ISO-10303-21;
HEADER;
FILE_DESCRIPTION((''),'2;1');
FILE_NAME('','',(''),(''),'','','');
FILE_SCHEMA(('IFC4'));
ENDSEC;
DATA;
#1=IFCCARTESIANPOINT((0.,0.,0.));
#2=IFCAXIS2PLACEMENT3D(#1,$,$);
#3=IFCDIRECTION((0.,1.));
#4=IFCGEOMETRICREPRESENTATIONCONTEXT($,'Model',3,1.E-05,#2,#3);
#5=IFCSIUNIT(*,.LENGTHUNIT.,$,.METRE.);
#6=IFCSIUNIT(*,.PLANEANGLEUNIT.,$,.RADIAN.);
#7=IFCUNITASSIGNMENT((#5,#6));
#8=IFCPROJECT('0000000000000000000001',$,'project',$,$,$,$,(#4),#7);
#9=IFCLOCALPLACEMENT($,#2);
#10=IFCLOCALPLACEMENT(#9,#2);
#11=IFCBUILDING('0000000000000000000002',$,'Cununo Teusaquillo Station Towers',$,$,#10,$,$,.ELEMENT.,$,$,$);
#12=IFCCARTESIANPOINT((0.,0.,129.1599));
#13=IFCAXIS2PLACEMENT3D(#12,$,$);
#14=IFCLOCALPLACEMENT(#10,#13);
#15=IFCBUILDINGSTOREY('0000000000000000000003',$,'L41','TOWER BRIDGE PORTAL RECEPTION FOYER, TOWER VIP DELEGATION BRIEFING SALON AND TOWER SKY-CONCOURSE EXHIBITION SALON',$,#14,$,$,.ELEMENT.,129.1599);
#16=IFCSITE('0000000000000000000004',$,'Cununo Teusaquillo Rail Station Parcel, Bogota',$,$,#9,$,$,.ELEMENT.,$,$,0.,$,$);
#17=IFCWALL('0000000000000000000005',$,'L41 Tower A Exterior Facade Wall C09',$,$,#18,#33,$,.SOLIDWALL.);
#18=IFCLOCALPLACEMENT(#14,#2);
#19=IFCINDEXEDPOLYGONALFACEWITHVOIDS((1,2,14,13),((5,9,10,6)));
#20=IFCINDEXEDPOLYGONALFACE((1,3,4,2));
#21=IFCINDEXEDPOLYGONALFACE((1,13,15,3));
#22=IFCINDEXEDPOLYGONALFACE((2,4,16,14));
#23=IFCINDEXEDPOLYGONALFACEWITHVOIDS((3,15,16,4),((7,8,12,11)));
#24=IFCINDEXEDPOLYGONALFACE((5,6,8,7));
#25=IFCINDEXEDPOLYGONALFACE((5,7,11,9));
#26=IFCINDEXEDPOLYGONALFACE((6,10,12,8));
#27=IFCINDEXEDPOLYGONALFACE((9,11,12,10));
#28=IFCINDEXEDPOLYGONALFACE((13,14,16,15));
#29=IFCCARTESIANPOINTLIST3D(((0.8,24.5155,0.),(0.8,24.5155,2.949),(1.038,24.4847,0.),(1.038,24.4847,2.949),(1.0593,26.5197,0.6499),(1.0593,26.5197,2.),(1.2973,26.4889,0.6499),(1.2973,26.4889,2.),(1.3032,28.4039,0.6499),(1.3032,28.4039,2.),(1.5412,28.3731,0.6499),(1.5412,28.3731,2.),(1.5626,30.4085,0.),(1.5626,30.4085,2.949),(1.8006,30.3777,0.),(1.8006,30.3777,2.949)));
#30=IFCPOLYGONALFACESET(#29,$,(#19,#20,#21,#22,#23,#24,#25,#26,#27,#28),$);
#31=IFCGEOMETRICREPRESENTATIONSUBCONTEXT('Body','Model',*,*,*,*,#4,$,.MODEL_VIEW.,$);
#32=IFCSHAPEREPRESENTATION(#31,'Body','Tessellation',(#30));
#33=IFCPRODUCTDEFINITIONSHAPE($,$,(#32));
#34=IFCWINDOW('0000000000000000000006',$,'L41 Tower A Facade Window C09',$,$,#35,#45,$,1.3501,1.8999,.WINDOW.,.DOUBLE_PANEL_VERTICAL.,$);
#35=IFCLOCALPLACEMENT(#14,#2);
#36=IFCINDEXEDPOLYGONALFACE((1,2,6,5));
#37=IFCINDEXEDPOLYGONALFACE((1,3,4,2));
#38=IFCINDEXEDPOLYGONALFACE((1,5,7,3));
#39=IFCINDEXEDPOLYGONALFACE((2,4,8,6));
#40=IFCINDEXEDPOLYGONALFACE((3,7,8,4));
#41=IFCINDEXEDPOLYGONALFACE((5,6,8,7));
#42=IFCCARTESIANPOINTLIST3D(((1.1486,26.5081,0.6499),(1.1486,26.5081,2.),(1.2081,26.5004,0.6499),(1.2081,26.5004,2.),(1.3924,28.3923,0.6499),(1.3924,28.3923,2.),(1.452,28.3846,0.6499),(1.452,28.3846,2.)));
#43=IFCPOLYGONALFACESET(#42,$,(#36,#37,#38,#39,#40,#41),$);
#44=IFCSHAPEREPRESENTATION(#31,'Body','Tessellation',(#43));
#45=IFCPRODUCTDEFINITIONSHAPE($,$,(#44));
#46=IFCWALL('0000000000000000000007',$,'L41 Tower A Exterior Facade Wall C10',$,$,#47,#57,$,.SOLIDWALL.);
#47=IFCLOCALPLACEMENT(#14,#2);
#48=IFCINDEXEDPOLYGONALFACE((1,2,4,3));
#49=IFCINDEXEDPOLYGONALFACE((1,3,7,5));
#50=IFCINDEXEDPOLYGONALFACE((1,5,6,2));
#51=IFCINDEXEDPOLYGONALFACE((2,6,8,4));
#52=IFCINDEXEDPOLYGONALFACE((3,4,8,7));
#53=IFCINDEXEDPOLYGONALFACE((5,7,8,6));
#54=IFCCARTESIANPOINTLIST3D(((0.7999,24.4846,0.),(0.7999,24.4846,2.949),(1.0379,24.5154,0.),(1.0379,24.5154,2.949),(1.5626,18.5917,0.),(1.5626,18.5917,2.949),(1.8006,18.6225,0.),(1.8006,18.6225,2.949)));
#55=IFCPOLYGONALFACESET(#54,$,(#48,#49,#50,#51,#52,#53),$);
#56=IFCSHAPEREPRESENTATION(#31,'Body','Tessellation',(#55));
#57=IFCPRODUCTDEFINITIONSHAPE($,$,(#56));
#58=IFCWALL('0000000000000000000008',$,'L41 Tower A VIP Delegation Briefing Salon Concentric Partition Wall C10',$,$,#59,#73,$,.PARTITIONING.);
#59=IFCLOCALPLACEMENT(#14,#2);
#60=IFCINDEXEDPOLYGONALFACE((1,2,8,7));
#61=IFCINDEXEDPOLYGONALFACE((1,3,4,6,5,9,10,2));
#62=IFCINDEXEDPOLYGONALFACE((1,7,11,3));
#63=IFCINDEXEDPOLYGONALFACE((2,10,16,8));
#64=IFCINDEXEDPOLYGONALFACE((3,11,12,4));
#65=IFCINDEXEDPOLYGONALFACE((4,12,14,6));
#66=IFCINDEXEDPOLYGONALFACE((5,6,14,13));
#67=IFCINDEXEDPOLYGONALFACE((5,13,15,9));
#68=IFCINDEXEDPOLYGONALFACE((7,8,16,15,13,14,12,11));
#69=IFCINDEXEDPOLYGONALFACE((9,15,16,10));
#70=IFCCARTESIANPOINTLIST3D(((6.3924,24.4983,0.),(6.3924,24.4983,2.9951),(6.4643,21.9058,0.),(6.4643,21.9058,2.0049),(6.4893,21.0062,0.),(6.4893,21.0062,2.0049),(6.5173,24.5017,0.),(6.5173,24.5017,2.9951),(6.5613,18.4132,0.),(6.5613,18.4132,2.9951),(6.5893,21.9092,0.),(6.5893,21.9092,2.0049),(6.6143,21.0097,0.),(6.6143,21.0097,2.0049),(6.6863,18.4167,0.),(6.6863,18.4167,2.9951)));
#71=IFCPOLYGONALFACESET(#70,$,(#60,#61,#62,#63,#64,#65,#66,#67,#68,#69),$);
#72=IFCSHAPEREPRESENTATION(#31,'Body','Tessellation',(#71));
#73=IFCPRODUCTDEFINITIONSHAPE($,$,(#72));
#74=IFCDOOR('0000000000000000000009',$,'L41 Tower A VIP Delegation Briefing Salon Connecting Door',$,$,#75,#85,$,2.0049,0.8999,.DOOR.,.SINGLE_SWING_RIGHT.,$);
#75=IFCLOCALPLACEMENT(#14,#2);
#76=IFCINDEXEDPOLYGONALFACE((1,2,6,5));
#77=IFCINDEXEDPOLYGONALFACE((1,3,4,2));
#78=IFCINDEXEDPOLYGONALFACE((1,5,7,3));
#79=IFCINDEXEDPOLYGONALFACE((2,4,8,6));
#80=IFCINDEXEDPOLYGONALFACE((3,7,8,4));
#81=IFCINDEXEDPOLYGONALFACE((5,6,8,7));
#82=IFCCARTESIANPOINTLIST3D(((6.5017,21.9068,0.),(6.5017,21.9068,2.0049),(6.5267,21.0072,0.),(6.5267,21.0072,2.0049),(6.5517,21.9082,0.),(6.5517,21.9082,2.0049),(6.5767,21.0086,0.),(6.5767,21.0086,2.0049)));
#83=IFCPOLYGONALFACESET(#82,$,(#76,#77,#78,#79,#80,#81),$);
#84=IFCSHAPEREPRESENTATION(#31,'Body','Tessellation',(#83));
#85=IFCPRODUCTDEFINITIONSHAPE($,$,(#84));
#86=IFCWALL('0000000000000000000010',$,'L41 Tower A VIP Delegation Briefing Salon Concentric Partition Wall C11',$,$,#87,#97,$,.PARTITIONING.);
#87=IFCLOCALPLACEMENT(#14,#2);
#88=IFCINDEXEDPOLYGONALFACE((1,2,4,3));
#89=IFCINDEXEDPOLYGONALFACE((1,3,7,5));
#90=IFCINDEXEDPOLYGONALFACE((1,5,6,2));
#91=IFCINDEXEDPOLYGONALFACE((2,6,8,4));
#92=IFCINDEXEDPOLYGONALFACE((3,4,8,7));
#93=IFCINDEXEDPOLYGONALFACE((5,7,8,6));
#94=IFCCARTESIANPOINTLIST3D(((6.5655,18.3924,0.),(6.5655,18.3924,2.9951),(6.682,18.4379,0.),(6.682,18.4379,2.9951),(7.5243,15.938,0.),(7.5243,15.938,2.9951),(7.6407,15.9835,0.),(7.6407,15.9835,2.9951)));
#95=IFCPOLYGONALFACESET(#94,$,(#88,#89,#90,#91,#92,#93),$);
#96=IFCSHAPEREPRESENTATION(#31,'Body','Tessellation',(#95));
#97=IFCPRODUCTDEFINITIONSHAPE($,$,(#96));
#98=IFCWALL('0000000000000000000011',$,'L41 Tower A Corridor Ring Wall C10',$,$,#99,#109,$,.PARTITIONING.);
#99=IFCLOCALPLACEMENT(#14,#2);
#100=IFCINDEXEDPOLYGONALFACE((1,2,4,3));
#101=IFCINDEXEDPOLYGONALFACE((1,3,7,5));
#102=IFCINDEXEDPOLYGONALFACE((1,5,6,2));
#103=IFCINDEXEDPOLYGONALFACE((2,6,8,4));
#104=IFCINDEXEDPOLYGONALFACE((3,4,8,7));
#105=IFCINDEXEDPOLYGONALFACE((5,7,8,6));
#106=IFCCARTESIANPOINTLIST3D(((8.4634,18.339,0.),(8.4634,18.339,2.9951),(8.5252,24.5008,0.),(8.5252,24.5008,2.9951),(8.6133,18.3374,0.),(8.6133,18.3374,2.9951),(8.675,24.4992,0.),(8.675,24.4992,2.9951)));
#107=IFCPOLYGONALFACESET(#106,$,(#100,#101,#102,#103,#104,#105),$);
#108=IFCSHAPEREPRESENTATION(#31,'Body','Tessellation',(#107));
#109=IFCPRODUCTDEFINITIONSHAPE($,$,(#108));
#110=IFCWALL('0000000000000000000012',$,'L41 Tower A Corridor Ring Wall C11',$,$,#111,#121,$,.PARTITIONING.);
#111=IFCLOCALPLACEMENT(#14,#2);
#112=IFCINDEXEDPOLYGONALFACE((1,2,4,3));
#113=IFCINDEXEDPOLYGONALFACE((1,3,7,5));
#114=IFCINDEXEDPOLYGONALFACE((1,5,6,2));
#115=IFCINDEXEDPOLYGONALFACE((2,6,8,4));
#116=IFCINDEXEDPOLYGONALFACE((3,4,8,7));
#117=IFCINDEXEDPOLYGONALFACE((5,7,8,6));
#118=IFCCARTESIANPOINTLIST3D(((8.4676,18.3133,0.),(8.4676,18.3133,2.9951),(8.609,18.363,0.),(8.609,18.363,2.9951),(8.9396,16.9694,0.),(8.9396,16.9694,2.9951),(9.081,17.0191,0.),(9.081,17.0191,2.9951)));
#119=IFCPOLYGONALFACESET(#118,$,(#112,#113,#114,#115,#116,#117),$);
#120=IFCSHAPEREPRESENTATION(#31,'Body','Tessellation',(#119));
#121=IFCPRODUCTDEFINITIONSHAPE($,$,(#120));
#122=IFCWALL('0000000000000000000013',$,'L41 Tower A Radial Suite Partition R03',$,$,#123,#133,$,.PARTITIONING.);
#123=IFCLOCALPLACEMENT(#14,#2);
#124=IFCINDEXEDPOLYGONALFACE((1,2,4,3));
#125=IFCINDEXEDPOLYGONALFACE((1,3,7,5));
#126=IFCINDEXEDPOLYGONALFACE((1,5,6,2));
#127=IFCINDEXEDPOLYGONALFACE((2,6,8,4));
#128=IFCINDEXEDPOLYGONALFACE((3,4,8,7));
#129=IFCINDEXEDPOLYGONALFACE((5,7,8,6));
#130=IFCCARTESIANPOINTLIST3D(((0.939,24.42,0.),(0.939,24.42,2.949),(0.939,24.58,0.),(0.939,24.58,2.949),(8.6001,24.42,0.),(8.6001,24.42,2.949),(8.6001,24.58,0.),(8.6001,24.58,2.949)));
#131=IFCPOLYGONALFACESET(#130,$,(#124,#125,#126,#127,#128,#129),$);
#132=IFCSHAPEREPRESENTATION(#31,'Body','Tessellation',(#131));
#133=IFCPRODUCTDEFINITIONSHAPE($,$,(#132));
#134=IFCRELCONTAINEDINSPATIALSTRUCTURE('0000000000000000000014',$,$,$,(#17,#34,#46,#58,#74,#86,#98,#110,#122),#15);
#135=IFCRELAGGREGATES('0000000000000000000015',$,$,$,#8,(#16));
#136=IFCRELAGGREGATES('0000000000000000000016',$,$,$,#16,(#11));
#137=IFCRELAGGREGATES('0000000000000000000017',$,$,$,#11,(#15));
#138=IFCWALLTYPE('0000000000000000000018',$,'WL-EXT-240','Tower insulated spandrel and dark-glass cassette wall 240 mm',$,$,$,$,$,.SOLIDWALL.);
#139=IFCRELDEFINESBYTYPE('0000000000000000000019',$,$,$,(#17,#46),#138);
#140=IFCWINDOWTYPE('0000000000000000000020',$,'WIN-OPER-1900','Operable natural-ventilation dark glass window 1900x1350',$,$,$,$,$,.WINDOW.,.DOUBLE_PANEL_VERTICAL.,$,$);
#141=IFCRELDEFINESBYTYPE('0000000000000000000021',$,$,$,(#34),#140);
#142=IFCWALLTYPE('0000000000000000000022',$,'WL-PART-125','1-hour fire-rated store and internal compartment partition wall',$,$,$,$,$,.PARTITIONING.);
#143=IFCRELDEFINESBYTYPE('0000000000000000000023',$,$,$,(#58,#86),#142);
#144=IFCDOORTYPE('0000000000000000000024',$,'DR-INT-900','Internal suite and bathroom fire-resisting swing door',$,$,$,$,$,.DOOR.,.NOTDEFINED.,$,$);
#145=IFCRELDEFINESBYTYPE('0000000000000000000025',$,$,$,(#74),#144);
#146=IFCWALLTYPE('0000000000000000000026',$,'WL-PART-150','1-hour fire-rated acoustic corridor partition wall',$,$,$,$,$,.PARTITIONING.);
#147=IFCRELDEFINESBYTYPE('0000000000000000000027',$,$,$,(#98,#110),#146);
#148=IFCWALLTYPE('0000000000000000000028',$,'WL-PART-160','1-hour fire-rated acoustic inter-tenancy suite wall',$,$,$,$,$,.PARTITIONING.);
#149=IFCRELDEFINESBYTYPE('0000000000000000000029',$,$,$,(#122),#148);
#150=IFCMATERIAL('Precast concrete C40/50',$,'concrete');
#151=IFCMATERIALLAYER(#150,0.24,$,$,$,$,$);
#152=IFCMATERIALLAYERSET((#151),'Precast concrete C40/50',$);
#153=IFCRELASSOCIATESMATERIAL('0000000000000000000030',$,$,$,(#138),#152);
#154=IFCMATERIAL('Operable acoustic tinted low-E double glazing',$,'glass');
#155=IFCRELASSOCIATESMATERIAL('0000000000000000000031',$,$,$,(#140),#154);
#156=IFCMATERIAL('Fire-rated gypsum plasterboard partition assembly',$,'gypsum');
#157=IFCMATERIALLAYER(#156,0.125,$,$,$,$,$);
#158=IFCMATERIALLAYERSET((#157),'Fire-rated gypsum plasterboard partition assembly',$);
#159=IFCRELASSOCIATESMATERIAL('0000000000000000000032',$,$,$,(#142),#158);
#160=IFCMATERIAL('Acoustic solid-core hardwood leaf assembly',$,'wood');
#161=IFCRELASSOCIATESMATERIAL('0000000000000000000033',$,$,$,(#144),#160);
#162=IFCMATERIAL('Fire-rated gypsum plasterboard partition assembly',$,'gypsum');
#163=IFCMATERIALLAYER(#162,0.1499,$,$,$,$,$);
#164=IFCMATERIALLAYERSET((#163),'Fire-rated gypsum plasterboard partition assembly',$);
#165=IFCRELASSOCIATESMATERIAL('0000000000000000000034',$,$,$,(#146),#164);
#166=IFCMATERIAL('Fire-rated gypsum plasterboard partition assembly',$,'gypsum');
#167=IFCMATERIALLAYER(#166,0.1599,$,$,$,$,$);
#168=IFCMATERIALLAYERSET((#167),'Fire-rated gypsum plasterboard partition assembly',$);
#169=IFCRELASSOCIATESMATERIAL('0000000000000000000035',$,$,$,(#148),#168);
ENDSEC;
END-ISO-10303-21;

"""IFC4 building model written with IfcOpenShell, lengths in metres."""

from ifc_helpers import new_model, si_unit, direction, frame, frame_2d, origin, place, context, subcontext, project, spatial, rectangle, extrude, source, transform, mapped, material, layer, layer_set, type_object, element, fill, save


model = new_model("IFC4")

# Units and contexts
model_context = context("Model", 3, precision=1e-05, world=origin(), true_north=direction((0.0, 1.0)))
body_context = subcontext(model_context, "Body", "Model", "MODEL_VIEW")
ifc_project = project(units=[si_unit("LENGTHUNIT", "METRE"), si_unit("PLANEANGLEUNIT", "RADIAN")], contexts=[model_context])

# Site, building, storey
site_placement = place(None, origin())
site = spatial("IfcSite", under=ifc_project, at=site_placement, Name="Cununo Teusaquillo Rail Station Parcel, Bogota", CompositionType="ELEMENT", RefElevation=0.0)
building_placement = place(site_placement, origin())
building = spatial("IfcBuilding", under=site, at=building_placement, Name="Cununo Teusaquillo Station Towers", CompositionType="ELEMENT")
storey_placement = place(building_placement, frame((0.0, 0.0, 129.1599)))
storey = spatial("IfcBuildingStorey", under=building, at=storey_placement, Name="L41", Description="TOWER BRIDGE PORTAL RECEPTION FOYER, TOWER VIP DELEGATION BRIEFING SALON AND TOWER SKY-CONCOURSE EXHIBITION SALON", CompositionType="ELEMENT", Elevation=129.1599)

# Wall, opening, window
ifc_material_1 = material(Name="Precast concrete C40/50", Category="concrete")
ifc_layer_1 = layer(ifc_material_1, 0.24)
ifc_layer_set_1 = layer_set([ifc_layer_1], Name="Precast concrete C40/50")
wall_type_1 = type_object("IfcWallType", Name="WL-EXT-240", Description="Tower insulated spandrel and dark-glass cassette wall 240 mm", PredefinedType="SOLIDWALL", material=ifc_layer_set_1)
wall_1_placement = place(storey_placement, frame((0.9189, 24.5, 0.0), z_axis=(0.0, 0.0, 1.0), x_axis=(0.128352, 0.991729, 0.0)))
wall_1 = element("IfcWall", 1, at=wall_1_placement, inside=storey, type_object=wall_type_1, Name="L41 Tower A Exterior Facade Wall C09", PredefinedType="SOLIDWALL", context=body_context, shape_type="SweptSolid", body=[
    extrude(rectangle(XDim=5.9421, YDim=0.24, at=frame_2d((2.9712, 0.0))), origin(), (0.0, 0.0, 1.0), 2.949),
])
shared_shape_1 = source(origin(), body_context, "Body", "SweptSolid", [
    extrude(rectangle(XDim=1.8999, YDim=1.3501, at=frame_2d((0.95, 0.675))), frame((0.0, 0.1299, 0.0), z_axis=(0.0, -1.0, 0.0), x_axis=(1.0, 0.0, 0.0)), (0.0, 0.0, 1.0), 0.26),
])
opening_1_placement = place(wall_1_placement, frame((2.021, 0.0, 0.6499)))
opening_1 = element("IfcOpeningElement", 2, at=opening_1_placement, cuts=wall_1, PredefinedType="OPENING", context=body_context, shape_type="MappedRepresentation", body=[
    mapped(shared_shape_1, transform((0.0, 0.0, 0.0), x_axis=(1.0, 0.0, 0.0), y_axis=(0.0, 1.0, 0.0), z_axis=(0.0, 0.0, 1.0), scale=1.0)),
])
ifc_material_2 = material(Name="Operable acoustic tinted low-E double glazing", Category="glass")
window_type = type_object("IfcWindowType", Name="WIN-OPER-1900", Description="Operable natural-ventilation dark glass window 1900x1350", PartitioningType="DOUBLE_PANEL_VERTICAL", PredefinedType="WINDOW", material=ifc_material_2)
shared_shape_2 = source(origin(), body_context, "Body", "SweptSolid", [
    extrude(rectangle(XDim=1.8999, YDim=1.3501, at=frame_2d((0.95, 0.675))), frame((0.0, 0.03, 0.0), z_axis=(0.0, -1.0, 0.0), x_axis=(1.0, 0.0, 0.0)), (0.0, 0.0, 1.0), 0.0601),
])
window_placement = place(opening_1_placement, origin())
window = element("IfcWindow", 3, at=window_placement, inside=storey, type_object=window_type, Name="L41 Tower A Facade Window C09", OverallHeight=1.3501, OverallWidth=1.8999, PartitioningType="DOUBLE_PANEL_VERTICAL", PredefinedType="WINDOW", context=body_context, shape_type="MappedRepresentation", body=[
    mapped(shared_shape_2, transform((0.0, 0.0, 0.0), x_axis=(1.0, 0.0, 0.0), y_axis=(0.0, 1.0, 0.0), z_axis=(0.0, 0.0, 1.0), scale=1.0)),
])
fill(opening_1, window)

# Wall
wall_2_placement = place(storey_placement, frame((1.6816, 18.6069, 0.0), z_axis=(0.0, 0.0, 1.0), x_axis=(-0.128352, 0.991729, 0.0)))
element("IfcWall", 4, at=wall_2_placement, inside=storey, type_object=wall_type_1, Name="L41 Tower A Exterior Facade Wall C10", PredefinedType="SOLIDWALL", context=body_context, shape_type="SweptSolid", body=[
    extrude(rectangle(XDim=5.9421, YDim=0.24, at=frame_2d((2.9712, 0.0))), origin(), (0.0, 0.0, 1.0), 2.949),
])

# Wall, opening, door
ifc_material_3 = material(Name="Fire-rated gypsum plasterboard partition assembly", Category="gypsum")
ifc_layer_2 = layer(ifc_material_3, 0.125)
ifc_layer_set_2 = layer_set([ifc_layer_2], Name="Fire-rated gypsum plasterboard partition assembly")
wall_type_2 = type_object("IfcWallType", Name="WL-PART-125", Description="1-hour fire-rated store and internal compartment partition wall", PredefinedType="PARTITIONING", material=ifc_layer_set_2)
wall_3_placement = place(storey_placement, frame((6.4548, 24.5, 0.0), z_axis=(0.0, 0.0, 1.0), x_axis=(0.027754, -0.999615, 0.0)))
wall_3 = element("IfcWall", 5, at=wall_3_placement, inside=storey, type_object=wall_type_2, Name="L41 Tower A VIP Delegation Briefing Salon Concentric Partition Wall C10", PredefinedType="PARTITIONING", context=body_context, shape_type="SweptSolid", body=[
    extrude(rectangle(XDim=6.0874, YDim=0.125, at=frame_2d((3.0437, 0.0))), origin(), (0.0, 0.0, 1.0), 2.9951),
])
shared_shape_3 = source(origin(), body_context, "Body", "SweptSolid", [
    extrude(rectangle(XDim=0.8999, YDim=2.0049, at=frame_2d((0.45, 1.0024))), frame((0.0, 0.0725, 0.0), z_axis=(0.0, -1.0, 0.0), x_axis=(1.0, 0.0, 0.0)), (0.0, 0.0, 1.0), 0.145),
])
opening_2_placement = place(wall_3_placement, frame((2.5935, 0.0, 0.0)))
opening_2 = element("IfcOpeningElement", 6, at=opening_2_placement, cuts=wall_3, PredefinedType="OPENING", context=body_context, shape_type="MappedRepresentation", body=[
    mapped(shared_shape_3, transform((0.0, 0.0, 0.0), x_axis=(1.0, 0.0, 0.0), y_axis=(0.0, 1.0, 0.0), z_axis=(0.0, 0.0, 1.0), scale=1.0)),
])
ifc_material_4 = material(Name="Acoustic solid-core hardwood leaf assembly", Category="wood")
door_type_1 = type_object("IfcDoorType", Name="DR-INT-900", Description="Internal suite and bathroom fire-resisting swing door", OperationType="NOTDEFINED", PredefinedType="DOOR", material=ifc_material_4)
shared_shape_4 = source(origin(), body_context, "Body", "SweptSolid", [
    extrude(rectangle(XDim=0.8999, YDim=2.0049, at=frame_2d((0.45, 1.0024))), frame((0.0, 0.0249, 0.0), z_axis=(0.0, -1.0, 0.0), x_axis=(1.0, 0.0, 0.0)), (0.0, 0.0, 1.0), 0.05),
])
door_1_placement = place(opening_2_placement, origin())
door_1 = element("IfcDoor", 7, at=door_1_placement, inside=storey, type_object=door_type_1, Name="L41 Tower A VIP Delegation Briefing Salon Connecting Door", OperationType="SINGLE_SWING_RIGHT", OverallHeight=2.0049, OverallWidth=0.8999, PredefinedType="DOOR", context=body_context, shape_type="MappedRepresentation", body=[
    mapped(shared_shape_4, transform((0.0, 0.0, 0.0), x_axis=(1.0, 0.0, 0.0), y_axis=(0.0, 1.0, 0.0), z_axis=(0.0, 0.0, 1.0), scale=1.0)),
])
fill(opening_2, door_1)

# Walls
wall_4_placement = place(storey_placement, frame((6.6238, 18.415, 0.0), z_axis=(0.0, 0.0, 1.0), x_axis=(0.363854, -0.931456, 0.0)))
element("IfcWall", 8, at=wall_4_placement, inside=storey, type_object=wall_type_2, Name="L41 Tower A VIP Delegation Briefing Salon Concentric Partition Wall C11", PredefinedType="PARTITIONING", context=body_context, shape_type="SweptSolid", body=[
    extrude(rectangle(XDim=2.635, YDim=0.125, at=frame_2d((1.3174, 0.0))), origin(), (0.0, 0.0, 1.0), 2.9951),
])
ifc_material_5 = material(Name="Fire-rated gypsum plasterboard partition assembly", Category="gypsum")
ifc_layer_3 = layer(ifc_material_5, 0.1499)
ifc_layer_set_3 = layer_set([ifc_layer_3], Name="Fire-rated gypsum plasterboard partition assembly")
wall_type_3 = type_object("IfcWallType", Name="WL-PART-150", Description="1-hour fire-rated acoustic corridor partition wall", PredefinedType="PARTITIONING", material=ifc_layer_set_3)
wall_5_placement = place(storey_placement, frame((8.6001, 24.5, 0.0), z_axis=(0.0, 0.0, 1.0), x_axis=(-0.010024, -0.99995, 0.0)))
element("IfcWall", 9, at=wall_5_placement, inside=storey, type_object=wall_type_3, Name="L41 Tower A Corridor Ring Wall C10", PredefinedType="PARTITIONING", context=body_context, shape_type="SweptSolid", body=[
    extrude(rectangle(XDim=6.1621, YDim=0.1499, at=frame_2d((3.0811, 0.0))), origin(), (0.0, 0.0, 1.0), 2.9951),
])
wall_6_placement = place(storey_placement, frame((8.5383, 18.3381, 0.0), z_axis=(0.0, 0.0, 1.0), x_axis=(0.331358, -0.943505, 0.0)))
element("IfcWall", 10, at=wall_6_placement, inside=storey, type_object=wall_type_3, Name="L41 Tower A Corridor Ring Wall C11", PredefinedType="PARTITIONING", context=body_context, shape_type="SweptSolid", body=[
    extrude(rectangle(XDim=1.4243, YDim=0.1499, at=frame_2d((0.7122, 0.0))), origin(), (0.0, 0.0, 1.0), 2.9951),
])
ifc_material_6 = material(Name="Fire-rated gypsum plasterboard partition assembly", Category="gypsum")
ifc_layer_4 = layer(ifc_material_6, 0.1599)
ifc_layer_set_4 = layer_set([ifc_layer_4], Name="Fire-rated gypsum plasterboard partition assembly")
wall_type_4 = type_object("IfcWallType", Name="WL-PART-160", Description="1-hour fire-rated acoustic inter-tenancy suite wall", PredefinedType="PARTITIONING", material=ifc_layer_set_4)
wall_7_placement = place(storey_placement, frame((8.6001, 24.5, 0.0), z_axis=(0.0, 0.0, 1.0), x_axis=(-1.0, 0.0, 0.0)))
element("IfcWall", 11, at=wall_7_placement, inside=storey, type_object=wall_type_4, Name="L41 Tower A Radial Suite Partition R03", PredefinedType="PARTITIONING", context=body_context, shape_type="SweptSolid", body=[
    extrude(rectangle(XDim=7.6611, YDim=0.1599, at=frame_2d((3.8306, 0.0))), origin(), (0.0, 0.0, 1.0), 2.949),
])

save(model, "model.ifc")
